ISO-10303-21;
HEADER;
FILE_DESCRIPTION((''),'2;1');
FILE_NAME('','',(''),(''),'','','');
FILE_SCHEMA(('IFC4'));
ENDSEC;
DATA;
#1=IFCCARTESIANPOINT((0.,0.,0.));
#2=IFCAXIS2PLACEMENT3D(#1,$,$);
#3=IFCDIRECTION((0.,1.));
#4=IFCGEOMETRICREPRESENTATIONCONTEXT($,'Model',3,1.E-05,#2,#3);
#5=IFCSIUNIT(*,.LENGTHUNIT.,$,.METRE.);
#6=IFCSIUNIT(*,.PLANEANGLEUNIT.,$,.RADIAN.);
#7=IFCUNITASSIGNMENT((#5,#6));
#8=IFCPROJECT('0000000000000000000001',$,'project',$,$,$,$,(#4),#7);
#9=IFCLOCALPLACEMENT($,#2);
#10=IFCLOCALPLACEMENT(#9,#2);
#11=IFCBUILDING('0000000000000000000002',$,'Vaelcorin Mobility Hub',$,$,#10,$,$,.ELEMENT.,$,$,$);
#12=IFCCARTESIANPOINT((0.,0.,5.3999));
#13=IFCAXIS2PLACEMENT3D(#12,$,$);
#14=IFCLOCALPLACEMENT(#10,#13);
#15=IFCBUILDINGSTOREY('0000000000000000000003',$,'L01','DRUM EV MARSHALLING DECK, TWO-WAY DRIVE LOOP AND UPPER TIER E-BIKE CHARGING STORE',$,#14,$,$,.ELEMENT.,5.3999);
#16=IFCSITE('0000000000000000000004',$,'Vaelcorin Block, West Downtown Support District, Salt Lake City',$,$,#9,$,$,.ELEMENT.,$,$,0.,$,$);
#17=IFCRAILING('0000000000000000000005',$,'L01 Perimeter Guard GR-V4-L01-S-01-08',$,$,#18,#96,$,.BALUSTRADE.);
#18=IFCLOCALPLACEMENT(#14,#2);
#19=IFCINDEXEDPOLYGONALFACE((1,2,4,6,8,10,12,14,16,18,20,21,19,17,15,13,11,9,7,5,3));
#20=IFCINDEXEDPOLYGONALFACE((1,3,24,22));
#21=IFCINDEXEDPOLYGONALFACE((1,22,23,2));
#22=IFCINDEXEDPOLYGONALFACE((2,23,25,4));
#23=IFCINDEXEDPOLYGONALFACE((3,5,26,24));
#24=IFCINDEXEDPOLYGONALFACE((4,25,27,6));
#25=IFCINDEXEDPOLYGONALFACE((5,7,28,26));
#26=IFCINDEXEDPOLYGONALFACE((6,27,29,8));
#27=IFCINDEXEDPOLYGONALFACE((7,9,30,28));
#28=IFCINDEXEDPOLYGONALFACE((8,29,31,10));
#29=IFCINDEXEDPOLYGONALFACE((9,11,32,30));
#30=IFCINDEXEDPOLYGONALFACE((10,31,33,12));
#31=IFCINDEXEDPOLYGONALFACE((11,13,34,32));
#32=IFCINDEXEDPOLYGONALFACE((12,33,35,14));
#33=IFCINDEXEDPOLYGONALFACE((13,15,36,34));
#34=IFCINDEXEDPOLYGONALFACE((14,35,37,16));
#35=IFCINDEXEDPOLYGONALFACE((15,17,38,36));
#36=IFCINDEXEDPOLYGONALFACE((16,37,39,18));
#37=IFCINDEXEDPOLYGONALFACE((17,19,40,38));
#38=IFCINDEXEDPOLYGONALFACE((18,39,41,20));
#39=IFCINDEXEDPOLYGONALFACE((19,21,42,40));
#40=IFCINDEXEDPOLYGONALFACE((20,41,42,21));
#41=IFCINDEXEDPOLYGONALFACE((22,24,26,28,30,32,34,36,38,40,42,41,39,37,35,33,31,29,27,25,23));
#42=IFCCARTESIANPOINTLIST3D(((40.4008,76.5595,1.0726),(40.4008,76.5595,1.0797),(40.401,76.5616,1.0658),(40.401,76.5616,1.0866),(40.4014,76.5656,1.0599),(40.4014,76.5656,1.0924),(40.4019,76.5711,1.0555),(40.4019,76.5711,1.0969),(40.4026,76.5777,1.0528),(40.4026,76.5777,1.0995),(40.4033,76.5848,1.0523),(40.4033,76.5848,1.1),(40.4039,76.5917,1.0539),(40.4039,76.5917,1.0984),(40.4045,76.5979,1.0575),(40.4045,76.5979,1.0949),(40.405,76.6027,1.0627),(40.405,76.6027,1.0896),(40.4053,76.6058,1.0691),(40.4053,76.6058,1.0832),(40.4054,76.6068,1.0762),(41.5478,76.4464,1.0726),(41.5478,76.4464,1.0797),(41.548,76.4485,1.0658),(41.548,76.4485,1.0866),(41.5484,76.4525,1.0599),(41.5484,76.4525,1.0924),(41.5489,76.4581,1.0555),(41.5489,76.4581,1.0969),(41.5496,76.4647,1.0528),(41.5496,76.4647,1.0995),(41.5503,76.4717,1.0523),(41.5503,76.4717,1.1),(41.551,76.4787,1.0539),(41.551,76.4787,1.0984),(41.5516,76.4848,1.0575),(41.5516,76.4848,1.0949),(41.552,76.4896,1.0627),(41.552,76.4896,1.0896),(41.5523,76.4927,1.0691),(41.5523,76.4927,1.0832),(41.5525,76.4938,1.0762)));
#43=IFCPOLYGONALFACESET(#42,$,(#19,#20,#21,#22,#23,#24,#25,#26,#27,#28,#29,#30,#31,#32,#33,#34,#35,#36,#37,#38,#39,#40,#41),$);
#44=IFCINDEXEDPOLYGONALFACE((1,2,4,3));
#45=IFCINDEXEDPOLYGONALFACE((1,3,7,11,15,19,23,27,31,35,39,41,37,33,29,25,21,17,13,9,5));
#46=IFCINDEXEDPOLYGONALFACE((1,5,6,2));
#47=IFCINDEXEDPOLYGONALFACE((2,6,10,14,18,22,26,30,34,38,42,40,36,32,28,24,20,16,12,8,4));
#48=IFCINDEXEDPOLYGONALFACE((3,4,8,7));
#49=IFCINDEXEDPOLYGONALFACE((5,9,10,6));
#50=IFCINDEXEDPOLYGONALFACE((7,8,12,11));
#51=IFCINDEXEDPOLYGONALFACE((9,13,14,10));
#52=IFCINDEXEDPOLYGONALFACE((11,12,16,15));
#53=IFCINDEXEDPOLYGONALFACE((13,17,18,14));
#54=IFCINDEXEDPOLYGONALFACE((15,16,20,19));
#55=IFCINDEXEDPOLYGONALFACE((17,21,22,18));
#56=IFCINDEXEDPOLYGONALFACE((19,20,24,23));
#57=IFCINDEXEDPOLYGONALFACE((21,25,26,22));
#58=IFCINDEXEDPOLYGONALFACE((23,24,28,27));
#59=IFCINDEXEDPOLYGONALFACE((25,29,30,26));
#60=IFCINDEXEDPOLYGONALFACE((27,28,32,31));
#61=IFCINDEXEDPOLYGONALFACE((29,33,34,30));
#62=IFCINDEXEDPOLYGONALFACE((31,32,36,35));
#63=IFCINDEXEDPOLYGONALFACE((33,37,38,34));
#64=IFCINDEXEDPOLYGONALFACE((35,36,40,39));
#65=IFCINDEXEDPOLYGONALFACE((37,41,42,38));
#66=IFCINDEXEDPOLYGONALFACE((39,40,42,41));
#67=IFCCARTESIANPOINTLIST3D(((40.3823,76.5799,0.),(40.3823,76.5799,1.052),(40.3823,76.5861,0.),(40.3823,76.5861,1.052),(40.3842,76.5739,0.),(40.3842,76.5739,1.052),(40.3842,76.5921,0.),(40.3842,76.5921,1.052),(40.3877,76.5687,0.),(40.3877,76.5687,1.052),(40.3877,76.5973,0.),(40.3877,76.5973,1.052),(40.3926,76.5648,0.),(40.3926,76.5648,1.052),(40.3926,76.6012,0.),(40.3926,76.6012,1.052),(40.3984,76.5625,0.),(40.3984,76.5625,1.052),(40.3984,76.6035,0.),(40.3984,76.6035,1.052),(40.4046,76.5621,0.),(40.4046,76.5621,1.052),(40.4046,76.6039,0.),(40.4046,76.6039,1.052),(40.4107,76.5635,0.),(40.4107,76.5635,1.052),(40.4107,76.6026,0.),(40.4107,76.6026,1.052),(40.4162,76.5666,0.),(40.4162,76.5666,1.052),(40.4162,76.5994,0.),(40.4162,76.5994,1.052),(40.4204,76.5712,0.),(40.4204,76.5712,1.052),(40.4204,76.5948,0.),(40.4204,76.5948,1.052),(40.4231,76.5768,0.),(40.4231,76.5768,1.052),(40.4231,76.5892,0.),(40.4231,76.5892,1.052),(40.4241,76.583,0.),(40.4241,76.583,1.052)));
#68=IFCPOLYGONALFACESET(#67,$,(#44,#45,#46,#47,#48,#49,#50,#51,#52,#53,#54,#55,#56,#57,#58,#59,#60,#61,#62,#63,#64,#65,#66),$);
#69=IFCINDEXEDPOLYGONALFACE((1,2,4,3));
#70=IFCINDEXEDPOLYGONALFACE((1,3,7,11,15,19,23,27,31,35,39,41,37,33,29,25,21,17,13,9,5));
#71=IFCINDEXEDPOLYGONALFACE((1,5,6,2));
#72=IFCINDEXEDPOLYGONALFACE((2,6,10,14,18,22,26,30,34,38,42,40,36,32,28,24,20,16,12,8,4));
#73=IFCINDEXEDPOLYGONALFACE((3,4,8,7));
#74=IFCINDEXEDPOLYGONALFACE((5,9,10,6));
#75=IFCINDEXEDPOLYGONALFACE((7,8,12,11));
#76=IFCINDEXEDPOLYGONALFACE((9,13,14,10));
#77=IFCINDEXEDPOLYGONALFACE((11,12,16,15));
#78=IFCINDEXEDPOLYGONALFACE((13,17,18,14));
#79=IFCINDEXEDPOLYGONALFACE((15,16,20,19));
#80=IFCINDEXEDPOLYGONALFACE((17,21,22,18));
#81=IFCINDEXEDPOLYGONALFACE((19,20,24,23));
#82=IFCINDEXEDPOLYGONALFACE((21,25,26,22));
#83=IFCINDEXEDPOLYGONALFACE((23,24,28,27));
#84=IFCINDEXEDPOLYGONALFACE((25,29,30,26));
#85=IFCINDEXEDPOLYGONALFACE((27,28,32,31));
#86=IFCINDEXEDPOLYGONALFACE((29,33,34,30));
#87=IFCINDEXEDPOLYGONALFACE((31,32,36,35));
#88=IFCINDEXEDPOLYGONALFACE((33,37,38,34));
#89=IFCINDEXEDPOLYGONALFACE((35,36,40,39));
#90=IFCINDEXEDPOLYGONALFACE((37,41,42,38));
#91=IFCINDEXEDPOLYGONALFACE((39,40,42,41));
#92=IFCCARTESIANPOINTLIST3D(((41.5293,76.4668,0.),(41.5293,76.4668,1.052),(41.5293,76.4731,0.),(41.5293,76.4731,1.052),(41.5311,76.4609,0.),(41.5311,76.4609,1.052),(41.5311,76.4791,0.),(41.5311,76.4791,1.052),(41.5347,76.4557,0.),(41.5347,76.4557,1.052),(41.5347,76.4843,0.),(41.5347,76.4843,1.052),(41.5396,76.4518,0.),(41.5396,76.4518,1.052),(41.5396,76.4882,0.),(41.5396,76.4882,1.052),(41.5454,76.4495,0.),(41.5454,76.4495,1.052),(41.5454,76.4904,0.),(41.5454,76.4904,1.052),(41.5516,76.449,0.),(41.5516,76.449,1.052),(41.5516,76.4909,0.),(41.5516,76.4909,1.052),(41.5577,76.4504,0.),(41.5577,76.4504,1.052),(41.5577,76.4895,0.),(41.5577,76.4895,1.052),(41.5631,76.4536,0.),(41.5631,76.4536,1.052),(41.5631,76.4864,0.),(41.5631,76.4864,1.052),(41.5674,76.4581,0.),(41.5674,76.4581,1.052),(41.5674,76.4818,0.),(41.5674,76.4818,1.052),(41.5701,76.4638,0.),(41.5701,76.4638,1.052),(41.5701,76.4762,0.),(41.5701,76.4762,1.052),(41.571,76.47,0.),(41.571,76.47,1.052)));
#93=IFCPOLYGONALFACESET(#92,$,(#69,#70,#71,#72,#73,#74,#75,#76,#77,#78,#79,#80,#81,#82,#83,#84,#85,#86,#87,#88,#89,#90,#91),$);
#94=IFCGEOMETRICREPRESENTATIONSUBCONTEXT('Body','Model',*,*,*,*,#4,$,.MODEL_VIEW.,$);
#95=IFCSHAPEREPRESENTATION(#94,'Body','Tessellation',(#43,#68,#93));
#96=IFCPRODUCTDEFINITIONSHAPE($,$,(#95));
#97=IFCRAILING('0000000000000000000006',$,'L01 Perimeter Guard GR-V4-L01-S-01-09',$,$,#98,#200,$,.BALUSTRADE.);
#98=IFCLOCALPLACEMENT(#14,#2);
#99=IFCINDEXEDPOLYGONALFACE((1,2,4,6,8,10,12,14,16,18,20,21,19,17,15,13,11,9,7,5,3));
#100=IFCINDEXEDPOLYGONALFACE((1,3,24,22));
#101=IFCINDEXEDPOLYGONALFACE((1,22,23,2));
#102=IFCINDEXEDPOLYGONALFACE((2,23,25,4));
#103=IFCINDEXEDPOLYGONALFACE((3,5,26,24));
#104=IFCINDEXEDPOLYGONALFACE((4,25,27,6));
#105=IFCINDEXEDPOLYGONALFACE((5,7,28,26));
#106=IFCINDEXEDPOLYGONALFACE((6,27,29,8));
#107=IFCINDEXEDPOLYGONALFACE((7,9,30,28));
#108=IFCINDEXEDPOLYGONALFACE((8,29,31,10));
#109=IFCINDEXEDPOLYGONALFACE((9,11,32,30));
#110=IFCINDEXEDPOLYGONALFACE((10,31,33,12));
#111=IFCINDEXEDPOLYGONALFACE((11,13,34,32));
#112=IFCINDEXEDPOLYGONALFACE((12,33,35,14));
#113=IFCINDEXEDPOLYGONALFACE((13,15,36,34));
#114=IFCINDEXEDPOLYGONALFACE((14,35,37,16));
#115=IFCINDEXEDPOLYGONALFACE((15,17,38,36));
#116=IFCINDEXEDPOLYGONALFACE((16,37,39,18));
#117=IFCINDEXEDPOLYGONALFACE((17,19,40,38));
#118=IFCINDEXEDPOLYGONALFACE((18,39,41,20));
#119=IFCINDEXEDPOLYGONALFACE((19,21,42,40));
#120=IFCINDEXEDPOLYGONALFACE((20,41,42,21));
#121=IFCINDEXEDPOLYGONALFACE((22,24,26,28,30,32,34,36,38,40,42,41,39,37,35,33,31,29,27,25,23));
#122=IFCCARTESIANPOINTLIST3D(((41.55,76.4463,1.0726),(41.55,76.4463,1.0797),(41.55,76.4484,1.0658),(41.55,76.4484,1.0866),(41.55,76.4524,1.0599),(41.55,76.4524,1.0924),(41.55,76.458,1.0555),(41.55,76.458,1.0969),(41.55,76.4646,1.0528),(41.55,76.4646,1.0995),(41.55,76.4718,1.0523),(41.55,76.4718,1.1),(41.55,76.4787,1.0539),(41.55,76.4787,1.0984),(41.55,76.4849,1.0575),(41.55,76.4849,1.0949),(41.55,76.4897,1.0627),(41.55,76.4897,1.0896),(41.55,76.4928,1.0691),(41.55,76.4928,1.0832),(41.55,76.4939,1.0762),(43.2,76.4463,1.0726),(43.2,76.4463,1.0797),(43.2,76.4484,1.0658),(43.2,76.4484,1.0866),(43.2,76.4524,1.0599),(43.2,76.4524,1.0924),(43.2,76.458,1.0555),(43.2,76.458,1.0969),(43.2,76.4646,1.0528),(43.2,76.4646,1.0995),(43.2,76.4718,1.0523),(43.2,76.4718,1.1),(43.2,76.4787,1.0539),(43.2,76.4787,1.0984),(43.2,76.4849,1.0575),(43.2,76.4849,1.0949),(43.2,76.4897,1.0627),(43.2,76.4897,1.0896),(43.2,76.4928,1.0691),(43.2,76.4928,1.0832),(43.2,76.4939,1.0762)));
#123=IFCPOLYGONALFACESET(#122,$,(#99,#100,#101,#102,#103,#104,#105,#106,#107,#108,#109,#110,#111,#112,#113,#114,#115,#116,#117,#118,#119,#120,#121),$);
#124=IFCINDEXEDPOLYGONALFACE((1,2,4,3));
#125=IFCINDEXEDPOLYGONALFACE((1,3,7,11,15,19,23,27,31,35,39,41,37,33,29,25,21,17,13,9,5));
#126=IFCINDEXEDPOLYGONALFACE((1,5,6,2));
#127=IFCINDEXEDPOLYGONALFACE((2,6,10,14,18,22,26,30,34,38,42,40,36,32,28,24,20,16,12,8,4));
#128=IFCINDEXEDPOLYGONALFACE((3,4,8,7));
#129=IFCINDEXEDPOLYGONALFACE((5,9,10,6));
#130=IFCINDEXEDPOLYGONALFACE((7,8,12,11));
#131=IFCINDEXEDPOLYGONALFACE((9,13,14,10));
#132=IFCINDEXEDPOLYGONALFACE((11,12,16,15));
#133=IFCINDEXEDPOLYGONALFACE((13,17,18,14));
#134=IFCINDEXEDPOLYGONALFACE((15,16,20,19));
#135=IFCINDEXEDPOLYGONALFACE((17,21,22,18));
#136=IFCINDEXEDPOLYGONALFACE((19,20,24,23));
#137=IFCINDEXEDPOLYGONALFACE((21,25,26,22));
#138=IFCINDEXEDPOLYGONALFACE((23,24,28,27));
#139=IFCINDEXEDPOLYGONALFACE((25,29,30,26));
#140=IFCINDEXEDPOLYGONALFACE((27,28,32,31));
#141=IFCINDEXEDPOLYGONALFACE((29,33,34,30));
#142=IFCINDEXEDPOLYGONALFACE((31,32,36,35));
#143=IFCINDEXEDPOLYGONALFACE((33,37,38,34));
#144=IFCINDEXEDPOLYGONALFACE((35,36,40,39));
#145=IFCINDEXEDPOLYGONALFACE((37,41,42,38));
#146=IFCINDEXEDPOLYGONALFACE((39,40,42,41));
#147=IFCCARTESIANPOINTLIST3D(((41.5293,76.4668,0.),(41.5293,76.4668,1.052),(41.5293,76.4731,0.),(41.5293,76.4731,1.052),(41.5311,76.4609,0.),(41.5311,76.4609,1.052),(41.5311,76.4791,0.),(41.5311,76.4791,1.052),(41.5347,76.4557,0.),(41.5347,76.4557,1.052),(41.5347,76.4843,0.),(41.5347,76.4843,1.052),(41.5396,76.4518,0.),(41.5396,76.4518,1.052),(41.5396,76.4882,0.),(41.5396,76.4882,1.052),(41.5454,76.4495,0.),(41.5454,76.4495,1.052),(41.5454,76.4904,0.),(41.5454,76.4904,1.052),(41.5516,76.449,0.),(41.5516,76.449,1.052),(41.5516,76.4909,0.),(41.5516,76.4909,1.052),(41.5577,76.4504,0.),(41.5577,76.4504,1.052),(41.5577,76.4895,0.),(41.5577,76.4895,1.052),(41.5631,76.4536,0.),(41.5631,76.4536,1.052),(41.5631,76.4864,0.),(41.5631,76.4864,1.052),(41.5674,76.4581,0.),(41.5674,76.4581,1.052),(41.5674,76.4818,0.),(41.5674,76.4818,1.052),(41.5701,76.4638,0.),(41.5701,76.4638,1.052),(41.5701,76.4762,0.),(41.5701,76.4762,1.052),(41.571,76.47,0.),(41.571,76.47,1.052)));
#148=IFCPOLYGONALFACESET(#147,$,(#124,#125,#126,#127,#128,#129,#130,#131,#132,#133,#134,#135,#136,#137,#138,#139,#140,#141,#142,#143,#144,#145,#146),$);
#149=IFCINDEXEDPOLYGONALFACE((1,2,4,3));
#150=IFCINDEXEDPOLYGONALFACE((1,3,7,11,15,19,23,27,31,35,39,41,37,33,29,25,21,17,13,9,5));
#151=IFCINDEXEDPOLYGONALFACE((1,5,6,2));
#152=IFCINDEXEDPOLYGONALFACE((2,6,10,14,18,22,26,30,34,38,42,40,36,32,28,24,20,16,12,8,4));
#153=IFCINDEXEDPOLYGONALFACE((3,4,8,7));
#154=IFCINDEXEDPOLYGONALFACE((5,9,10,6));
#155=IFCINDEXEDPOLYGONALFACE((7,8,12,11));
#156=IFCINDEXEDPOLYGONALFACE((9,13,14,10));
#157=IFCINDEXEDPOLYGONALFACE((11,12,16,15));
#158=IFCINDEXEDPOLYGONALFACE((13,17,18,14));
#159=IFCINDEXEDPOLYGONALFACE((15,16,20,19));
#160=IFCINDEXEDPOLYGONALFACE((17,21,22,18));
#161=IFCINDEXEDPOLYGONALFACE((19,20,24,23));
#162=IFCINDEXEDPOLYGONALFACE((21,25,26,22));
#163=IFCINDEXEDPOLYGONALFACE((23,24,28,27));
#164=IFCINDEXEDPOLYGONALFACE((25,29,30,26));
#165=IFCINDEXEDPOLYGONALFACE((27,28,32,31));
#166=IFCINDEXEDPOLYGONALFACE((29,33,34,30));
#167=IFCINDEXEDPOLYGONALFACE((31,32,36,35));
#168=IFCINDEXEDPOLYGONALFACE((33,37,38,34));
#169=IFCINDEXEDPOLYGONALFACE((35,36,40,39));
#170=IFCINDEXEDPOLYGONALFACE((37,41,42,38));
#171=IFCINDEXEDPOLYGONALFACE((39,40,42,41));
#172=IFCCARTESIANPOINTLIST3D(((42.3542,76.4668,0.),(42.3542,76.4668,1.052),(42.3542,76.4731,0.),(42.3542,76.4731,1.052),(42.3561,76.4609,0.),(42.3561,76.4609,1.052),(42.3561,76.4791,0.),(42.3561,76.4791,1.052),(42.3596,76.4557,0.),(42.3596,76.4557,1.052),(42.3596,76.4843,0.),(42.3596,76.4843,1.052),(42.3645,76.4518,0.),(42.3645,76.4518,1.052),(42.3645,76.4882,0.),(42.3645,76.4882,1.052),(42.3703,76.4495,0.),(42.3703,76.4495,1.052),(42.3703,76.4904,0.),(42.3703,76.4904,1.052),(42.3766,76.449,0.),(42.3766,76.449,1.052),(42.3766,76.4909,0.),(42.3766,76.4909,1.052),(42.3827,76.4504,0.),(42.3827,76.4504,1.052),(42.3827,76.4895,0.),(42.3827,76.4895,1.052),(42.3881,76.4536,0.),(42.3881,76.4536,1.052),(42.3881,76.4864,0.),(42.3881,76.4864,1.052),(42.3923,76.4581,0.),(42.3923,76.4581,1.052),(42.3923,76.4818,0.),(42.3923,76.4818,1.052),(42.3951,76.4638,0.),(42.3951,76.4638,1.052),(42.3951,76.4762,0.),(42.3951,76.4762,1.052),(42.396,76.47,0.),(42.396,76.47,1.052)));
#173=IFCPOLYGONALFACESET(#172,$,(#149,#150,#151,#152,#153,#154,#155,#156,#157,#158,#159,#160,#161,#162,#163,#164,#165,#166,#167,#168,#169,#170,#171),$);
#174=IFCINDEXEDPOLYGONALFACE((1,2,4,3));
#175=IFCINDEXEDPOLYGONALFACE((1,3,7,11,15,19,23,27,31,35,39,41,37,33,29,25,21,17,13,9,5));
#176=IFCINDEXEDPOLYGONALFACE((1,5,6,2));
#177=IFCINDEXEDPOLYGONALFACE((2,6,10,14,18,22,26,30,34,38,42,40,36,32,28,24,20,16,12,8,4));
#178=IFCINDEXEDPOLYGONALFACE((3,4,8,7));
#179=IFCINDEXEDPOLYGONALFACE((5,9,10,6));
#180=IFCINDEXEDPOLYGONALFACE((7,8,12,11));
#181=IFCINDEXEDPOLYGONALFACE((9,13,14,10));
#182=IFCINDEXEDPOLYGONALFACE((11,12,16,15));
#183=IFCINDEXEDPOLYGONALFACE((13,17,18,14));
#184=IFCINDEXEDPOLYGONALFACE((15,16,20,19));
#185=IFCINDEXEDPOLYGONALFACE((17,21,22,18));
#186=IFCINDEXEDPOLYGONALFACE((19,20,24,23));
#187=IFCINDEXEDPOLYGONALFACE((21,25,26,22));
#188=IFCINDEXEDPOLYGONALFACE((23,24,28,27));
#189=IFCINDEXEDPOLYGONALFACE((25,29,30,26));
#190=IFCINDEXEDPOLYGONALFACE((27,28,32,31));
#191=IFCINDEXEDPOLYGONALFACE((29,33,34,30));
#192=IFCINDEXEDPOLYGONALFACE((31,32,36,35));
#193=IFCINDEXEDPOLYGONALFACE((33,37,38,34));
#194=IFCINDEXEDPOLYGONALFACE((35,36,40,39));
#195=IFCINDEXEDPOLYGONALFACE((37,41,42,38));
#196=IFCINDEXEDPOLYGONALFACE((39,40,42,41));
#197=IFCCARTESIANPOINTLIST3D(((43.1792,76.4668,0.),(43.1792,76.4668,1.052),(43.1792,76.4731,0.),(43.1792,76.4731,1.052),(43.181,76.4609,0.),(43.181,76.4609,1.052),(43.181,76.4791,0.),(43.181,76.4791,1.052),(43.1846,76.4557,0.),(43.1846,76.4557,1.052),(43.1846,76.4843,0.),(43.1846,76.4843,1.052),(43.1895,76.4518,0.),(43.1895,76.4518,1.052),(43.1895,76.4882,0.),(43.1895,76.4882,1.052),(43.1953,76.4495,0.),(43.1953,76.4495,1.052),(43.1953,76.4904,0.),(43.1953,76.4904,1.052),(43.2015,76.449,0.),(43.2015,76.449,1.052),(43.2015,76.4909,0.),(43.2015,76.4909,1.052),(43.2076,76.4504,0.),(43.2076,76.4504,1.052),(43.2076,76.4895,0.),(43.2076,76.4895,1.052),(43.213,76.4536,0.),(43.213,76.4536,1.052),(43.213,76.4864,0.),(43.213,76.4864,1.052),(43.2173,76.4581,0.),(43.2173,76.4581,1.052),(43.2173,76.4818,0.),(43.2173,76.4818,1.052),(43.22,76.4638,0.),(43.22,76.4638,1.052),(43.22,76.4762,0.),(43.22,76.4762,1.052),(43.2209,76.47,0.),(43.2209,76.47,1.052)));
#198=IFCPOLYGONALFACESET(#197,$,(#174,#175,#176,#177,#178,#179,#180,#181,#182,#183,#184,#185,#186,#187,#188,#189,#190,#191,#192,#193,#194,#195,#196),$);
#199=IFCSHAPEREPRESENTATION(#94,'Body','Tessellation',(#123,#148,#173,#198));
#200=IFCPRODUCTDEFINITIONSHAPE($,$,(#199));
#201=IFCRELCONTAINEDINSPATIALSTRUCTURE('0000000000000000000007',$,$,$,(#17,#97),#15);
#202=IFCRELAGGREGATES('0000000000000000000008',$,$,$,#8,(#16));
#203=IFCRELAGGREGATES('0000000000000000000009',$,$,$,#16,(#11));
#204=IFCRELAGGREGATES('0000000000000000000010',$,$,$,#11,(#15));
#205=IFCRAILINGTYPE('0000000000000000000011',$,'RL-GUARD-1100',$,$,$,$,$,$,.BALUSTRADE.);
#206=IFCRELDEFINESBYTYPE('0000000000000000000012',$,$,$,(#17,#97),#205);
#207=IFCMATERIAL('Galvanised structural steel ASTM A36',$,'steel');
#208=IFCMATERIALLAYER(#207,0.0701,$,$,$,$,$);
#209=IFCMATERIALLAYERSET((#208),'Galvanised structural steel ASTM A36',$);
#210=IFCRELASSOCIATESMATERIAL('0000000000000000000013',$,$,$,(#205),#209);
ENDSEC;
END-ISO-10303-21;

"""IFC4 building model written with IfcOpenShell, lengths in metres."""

from ifc_helpers import new_model, si_unit, direction, frame, origin, origin_2d, place, context, subcontext, project, spatial, circle, extrude, material, layer, layer_set, type_object, element, save


model = new_model("IFC4")

# Units and contexts
model_context = context("Model", 3, precision=1e-05, world=origin(), true_north=direction((0.0, 1.0)))
body_context = subcontext(model_context, "Body", "Model", "MODEL_VIEW")
ifc_project = project(units=[si_unit("LENGTHUNIT", "METRE"), si_unit("PLANEANGLEUNIT", "RADIAN")], contexts=[model_context])

# Site, building, storey
site_placement = place(None, origin())
site = spatial("IfcSite", under=ifc_project, at=site_placement, Name="Vaelcorin Block, West Downtown Support District, Salt Lake City", CompositionType="ELEMENT", RefElevation=0.0)
building_placement = place(site_placement, origin())
building = spatial("IfcBuilding", under=site, at=building_placement, Name="Vaelcorin Mobility Hub", CompositionType="ELEMENT")
storey_placement = place(building_placement, frame((0.0, 0.0, 5.3999)))
storey = spatial("IfcBuildingStorey", under=building, at=storey_placement, Name="L01", Description="DRUM EV MARSHALLING DECK, TWO-WAY DRIVE LOOP AND UPPER TIER E-BIKE CHARGING STORE", CompositionType="ELEMENT", Elevation=5.3999)

# Railings
ifc_material_1 = material(Name="Galvanised structural steel ASTM A36", Category="steel")
ifc_layer_1 = layer(ifc_material_1, 0.0701)
ifc_layer_set_1 = layer_set([ifc_layer_1], Name="Galvanised structural steel ASTM A36")
railing_type = type_object("IfcRailingType", Name="RL-GUARD-1100", PredefinedType="BALUSTRADE", material=ifc_layer_set_1)
railing_1_placement = place(storey_placement, frame((40.4031, 76.583, 0.0)))
element("IfcRailing", 1, at=railing_1_placement, inside=storey, type_object=railing_type, Name="L01 Perimeter Guard GR-V4-L01-S-01-08", PredefinedType="BALUSTRADE", context=body_context, shape_type="SweptSolid", body=[
    extrude(circle(Radius=0.0239, at=origin_2d()), frame((0.0, 0.0, 1.0762), z_axis=(0.995179, -0.098077, 0.0), x_axis=(0.098077, 0.995179, 0.0)), (0.0, 0.0, 1.0), 1.1526),
    extrude(circle(Radius=0.021, at=origin_2d()), origin(), (0.0, 0.0, 1.0), 1.052),
    extrude(circle(Radius=0.021, at=origin_2d()), frame((1.147, -0.113, 0.0)), (0.0, 0.0, 1.0), 1.052),
])
railing_2_placement = place(storey_placement, frame((41.55, 76.47, 0.0)))
element("IfcRailing", 2, at=railing_2_placement, inside=storey, type_object=railing_type, Name="L01 Perimeter Guard GR-V4-L01-S-01-09", PredefinedType="BALUSTRADE", context=body_context, shape_type="SweptSolid", body=[
    extrude(circle(Radius=0.0239, at=origin_2d()), frame((0.0, 0.0, 1.0762), z_axis=(1.0, 0.0, 0.0), x_axis=(0.0, 1.0, 0.0)), (0.0, 0.0, 1.0), 1.6499),
    extrude(circle(Radius=0.021, at=origin_2d()), origin(), (0.0, 0.0, 1.0), 1.052),
    extrude(circle(Radius=0.021, at=origin_2d()), frame((0.825, 0.0, 0.0)), (0.0, 0.0, 1.0), 1.052),
    extrude(circle(Radius=0.021, at=origin_2d()), frame((1.6499, 0.0, 0.0)), (0.0, 0.0, 1.0), 1.052),
])

save(model, "model.ifc")
